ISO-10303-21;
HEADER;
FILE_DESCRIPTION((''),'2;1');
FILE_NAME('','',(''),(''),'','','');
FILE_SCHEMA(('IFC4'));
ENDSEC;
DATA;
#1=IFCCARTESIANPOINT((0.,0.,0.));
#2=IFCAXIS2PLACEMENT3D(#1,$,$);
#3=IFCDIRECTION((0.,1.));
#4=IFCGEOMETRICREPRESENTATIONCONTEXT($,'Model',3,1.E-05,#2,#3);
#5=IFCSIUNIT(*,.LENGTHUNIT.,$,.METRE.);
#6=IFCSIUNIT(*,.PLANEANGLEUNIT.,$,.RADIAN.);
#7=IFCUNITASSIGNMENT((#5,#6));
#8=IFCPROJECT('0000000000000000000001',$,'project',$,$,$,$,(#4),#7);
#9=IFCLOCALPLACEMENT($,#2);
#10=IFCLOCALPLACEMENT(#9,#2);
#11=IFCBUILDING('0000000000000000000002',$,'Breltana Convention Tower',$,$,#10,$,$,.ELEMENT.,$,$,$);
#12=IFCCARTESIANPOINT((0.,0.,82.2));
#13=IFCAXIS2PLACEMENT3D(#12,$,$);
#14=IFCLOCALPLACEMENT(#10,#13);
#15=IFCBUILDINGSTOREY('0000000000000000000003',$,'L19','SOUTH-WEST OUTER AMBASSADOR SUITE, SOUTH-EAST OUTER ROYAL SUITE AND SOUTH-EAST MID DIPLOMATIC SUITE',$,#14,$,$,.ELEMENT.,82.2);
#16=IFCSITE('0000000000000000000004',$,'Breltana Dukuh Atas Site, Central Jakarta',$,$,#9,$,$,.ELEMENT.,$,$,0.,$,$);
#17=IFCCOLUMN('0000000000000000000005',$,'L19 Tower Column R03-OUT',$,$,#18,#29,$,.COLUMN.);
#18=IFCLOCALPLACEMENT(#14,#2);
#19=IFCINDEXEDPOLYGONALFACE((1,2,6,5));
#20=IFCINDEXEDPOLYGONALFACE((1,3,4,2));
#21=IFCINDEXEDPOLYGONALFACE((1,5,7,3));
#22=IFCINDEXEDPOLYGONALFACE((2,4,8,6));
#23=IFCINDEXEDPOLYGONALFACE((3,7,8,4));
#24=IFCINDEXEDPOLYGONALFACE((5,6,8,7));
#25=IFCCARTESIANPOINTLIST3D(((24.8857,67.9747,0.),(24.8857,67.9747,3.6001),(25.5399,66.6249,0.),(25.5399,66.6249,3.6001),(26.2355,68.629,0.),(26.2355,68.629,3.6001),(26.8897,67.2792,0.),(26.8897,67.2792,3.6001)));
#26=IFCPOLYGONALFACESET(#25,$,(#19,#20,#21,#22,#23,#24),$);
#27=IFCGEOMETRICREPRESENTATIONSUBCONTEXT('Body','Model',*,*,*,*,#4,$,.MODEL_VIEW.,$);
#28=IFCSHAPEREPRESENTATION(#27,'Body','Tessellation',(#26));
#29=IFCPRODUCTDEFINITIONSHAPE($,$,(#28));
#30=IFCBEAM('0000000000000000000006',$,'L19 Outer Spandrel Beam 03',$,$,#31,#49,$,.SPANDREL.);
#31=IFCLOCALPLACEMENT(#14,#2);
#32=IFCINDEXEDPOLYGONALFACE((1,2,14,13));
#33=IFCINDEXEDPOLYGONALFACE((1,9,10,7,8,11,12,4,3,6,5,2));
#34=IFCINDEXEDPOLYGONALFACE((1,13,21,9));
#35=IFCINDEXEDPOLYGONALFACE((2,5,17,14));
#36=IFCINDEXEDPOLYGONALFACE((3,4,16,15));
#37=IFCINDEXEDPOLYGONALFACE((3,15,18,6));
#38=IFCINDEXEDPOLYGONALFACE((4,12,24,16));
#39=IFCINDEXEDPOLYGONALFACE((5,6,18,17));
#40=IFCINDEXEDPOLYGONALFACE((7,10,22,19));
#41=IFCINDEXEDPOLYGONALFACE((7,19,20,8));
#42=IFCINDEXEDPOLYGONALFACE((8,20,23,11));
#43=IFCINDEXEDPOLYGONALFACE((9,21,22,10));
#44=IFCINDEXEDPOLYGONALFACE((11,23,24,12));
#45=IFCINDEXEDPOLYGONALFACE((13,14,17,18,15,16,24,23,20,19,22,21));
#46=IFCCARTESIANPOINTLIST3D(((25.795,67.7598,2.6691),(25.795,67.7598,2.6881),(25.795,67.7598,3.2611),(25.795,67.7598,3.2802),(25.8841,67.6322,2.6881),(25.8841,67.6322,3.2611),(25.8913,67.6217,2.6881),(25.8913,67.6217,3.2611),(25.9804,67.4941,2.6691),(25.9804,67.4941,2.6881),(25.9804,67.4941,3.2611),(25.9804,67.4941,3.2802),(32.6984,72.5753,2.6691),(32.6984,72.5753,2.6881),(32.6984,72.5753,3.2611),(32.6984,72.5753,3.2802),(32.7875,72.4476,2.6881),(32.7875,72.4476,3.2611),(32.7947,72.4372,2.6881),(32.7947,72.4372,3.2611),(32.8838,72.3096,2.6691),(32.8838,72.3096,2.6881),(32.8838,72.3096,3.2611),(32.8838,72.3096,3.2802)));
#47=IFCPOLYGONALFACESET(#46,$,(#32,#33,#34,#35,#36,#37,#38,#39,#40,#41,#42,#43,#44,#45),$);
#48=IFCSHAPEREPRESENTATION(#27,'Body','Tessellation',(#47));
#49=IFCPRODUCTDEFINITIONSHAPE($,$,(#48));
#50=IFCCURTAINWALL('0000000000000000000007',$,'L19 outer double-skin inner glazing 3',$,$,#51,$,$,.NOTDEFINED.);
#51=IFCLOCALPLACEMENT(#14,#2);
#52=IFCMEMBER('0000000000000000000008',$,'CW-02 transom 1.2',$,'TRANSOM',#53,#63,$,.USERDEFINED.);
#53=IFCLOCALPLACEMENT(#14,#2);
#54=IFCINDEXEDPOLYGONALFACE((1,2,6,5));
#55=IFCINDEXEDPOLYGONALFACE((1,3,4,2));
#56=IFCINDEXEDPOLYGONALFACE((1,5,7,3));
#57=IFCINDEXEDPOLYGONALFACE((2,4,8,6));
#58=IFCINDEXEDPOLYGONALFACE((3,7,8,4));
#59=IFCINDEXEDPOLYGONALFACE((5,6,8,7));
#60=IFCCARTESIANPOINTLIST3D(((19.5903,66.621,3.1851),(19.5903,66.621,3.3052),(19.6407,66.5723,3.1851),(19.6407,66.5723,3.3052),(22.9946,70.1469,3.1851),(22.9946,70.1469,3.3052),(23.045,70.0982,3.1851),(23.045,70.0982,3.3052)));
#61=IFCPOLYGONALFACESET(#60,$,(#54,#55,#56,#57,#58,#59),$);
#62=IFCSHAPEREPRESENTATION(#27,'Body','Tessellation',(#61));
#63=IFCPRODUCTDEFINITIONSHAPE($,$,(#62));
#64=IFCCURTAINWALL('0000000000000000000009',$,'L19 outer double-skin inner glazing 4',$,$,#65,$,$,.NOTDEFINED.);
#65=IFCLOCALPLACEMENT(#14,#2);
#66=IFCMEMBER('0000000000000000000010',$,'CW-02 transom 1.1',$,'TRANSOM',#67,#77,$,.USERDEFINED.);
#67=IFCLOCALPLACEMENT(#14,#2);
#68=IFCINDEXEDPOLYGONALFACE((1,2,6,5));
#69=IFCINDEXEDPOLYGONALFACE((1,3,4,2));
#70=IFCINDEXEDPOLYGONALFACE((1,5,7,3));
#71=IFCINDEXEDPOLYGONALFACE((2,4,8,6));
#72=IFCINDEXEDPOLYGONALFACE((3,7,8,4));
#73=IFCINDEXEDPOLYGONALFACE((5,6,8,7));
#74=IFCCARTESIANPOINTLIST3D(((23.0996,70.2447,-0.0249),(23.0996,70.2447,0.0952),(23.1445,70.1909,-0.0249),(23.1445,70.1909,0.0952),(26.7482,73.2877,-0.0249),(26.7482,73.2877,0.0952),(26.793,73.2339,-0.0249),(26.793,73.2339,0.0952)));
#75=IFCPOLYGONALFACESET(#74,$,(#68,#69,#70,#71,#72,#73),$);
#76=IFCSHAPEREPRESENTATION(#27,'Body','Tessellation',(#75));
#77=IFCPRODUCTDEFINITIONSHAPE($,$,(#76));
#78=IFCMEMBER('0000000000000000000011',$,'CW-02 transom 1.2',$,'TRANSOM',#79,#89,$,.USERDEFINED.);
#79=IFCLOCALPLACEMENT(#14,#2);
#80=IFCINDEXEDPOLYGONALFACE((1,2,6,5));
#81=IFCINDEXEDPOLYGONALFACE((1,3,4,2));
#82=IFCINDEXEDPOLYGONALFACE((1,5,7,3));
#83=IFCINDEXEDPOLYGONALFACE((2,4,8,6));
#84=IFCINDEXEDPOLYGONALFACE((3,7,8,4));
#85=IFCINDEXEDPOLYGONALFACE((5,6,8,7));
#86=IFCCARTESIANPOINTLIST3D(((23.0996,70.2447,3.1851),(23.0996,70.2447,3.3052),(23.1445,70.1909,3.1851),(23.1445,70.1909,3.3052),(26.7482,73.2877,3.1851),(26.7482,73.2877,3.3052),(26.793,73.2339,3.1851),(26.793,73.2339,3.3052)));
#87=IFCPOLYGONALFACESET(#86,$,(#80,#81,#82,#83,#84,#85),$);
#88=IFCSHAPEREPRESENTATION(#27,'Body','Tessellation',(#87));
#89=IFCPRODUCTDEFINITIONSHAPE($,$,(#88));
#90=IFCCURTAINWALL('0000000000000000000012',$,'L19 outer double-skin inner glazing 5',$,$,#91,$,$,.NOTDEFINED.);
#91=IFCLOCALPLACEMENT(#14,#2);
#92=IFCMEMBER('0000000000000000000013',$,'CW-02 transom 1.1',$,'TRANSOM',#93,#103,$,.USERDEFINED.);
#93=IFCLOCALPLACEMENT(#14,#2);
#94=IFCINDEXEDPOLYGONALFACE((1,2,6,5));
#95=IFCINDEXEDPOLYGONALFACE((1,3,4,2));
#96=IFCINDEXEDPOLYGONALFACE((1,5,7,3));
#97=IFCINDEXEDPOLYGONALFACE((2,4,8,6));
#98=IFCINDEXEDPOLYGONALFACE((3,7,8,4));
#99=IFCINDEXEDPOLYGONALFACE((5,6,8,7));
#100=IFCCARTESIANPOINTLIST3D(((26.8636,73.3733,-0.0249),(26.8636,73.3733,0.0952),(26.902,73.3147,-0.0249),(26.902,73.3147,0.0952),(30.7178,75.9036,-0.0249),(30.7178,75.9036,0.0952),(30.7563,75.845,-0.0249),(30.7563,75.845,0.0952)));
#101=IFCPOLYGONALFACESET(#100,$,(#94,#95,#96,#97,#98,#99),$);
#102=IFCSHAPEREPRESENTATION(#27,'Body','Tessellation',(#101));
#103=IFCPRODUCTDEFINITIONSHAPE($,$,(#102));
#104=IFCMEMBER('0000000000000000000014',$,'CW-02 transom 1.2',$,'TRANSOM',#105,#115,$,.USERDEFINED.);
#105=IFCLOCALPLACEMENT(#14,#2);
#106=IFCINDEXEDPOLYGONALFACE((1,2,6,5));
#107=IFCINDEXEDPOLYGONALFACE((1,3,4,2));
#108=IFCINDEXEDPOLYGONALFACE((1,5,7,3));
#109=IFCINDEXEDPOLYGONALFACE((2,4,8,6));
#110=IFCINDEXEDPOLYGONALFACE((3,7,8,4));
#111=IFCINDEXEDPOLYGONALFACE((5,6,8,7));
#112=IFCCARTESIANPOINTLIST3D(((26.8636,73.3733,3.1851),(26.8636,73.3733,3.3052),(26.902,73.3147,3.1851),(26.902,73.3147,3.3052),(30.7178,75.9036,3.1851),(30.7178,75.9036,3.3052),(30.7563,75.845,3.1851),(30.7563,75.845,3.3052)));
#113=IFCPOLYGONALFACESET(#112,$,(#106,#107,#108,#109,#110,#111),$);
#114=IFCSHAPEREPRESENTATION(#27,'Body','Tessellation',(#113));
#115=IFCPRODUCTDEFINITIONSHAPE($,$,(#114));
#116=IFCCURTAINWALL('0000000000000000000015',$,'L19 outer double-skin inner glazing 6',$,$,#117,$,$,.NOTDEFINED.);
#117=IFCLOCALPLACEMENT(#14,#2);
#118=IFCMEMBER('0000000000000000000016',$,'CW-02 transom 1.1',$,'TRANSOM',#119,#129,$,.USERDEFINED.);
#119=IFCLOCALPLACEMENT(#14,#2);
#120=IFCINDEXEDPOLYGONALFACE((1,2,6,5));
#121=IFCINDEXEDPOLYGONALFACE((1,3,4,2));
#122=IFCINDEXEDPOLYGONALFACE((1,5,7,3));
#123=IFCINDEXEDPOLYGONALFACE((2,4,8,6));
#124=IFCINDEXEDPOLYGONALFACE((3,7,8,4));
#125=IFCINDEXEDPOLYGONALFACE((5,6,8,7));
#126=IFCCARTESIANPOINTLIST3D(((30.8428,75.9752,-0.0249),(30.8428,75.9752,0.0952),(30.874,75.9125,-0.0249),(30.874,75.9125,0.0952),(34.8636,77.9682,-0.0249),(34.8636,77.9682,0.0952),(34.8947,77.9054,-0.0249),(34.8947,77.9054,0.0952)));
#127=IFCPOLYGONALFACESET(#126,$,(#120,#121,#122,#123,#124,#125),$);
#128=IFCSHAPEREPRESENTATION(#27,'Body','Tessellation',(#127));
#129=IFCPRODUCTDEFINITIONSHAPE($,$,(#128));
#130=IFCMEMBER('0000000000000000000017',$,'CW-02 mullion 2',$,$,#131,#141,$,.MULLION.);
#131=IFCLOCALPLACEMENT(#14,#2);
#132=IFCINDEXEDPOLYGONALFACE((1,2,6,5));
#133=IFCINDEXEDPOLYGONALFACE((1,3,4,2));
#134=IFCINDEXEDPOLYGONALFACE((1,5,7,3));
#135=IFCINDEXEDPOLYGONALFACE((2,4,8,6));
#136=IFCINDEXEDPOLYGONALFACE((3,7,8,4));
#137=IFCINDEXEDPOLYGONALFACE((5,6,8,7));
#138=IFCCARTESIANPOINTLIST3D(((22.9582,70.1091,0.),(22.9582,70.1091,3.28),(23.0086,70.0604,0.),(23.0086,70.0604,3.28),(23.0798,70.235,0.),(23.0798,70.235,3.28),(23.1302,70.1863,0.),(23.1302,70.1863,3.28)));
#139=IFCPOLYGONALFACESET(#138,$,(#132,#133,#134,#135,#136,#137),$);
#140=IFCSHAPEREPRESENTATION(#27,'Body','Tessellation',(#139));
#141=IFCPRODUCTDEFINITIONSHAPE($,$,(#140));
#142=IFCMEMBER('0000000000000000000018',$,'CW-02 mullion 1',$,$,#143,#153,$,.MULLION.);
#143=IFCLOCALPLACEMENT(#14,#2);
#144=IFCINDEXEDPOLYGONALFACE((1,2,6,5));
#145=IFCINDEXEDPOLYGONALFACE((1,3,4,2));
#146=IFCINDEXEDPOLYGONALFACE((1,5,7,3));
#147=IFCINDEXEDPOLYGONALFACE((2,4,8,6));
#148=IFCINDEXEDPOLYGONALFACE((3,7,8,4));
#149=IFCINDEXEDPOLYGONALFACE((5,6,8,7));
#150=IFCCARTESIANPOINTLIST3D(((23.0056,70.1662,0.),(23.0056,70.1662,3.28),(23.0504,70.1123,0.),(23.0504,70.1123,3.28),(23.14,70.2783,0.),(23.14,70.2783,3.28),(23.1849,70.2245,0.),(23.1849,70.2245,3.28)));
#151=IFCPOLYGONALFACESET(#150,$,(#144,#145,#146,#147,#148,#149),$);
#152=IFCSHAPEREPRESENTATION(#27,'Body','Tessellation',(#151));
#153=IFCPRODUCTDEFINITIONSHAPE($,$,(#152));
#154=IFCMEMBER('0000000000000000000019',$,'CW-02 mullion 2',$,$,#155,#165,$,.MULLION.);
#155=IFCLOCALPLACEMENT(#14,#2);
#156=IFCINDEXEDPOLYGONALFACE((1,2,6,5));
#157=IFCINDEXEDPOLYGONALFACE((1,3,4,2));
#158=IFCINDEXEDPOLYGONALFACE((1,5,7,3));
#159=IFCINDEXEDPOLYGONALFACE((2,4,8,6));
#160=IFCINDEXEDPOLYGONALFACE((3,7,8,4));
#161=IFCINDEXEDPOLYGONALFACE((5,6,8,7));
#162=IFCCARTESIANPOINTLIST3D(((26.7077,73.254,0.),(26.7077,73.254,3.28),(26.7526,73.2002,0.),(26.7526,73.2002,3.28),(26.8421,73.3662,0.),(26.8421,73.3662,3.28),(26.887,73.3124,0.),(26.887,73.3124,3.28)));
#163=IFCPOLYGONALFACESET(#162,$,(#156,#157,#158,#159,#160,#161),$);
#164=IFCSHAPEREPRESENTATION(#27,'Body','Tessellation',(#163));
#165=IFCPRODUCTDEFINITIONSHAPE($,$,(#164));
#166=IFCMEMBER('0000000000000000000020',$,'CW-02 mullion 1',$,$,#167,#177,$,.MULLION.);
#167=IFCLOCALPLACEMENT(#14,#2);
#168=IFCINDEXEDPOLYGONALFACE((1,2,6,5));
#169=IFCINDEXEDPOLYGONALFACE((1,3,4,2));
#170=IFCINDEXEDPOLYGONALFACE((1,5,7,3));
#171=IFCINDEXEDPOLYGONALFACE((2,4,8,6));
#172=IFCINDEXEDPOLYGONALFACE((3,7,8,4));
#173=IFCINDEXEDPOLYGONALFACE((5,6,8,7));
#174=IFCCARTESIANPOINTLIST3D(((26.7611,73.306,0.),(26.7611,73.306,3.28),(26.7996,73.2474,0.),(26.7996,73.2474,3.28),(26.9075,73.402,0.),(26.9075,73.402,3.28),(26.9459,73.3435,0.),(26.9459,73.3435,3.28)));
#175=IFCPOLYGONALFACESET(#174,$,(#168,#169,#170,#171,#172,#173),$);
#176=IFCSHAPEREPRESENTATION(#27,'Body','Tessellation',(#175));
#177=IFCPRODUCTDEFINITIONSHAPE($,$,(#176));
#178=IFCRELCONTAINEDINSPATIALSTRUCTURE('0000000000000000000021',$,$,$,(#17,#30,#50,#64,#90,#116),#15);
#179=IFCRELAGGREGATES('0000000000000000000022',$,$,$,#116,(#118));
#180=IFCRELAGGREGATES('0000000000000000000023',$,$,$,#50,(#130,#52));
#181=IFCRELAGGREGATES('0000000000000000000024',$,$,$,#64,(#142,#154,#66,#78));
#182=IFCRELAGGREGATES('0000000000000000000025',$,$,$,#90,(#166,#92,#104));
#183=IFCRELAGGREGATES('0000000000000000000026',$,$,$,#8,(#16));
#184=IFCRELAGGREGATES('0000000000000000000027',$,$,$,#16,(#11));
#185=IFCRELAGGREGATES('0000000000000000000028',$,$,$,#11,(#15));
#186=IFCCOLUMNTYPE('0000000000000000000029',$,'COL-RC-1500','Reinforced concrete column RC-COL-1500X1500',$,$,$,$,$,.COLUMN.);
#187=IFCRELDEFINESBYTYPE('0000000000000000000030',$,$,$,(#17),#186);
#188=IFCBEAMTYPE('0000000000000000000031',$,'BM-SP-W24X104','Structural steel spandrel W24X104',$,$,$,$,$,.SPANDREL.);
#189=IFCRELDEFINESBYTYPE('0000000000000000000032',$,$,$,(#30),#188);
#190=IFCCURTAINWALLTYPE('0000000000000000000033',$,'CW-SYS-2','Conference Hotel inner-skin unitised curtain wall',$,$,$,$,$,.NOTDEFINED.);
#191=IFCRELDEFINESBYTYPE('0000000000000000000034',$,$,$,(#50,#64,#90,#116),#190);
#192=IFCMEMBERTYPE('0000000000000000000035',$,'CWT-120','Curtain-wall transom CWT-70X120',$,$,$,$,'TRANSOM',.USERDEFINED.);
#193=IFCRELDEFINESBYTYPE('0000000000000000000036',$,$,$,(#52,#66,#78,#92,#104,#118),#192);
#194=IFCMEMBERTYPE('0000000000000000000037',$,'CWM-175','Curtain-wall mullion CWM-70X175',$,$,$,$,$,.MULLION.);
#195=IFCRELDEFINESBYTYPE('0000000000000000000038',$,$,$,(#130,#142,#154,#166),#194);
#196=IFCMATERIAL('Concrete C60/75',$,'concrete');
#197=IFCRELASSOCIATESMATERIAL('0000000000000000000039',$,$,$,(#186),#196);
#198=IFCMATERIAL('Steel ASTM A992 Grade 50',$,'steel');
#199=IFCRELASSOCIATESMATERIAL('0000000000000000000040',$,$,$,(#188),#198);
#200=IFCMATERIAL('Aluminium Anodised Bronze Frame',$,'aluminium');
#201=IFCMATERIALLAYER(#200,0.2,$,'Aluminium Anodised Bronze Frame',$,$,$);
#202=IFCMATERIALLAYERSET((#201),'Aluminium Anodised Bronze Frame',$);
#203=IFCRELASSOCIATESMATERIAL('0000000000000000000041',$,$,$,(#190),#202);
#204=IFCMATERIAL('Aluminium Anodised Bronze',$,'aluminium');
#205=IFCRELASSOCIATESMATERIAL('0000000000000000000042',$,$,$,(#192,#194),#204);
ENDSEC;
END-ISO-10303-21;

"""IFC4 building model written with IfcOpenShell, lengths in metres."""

from ifc_helpers import new_model, si_unit, direction, frame, origin, origin_2d, place, context, subcontext, project, spatial, rectangle, i_section, extrude, source, transform, mapped, material, layer, layer_set, material_profile, profile_set, type_object, element, aggregate, save


model = new_model("IFC4")

# Units and contexts
model_context = context("Model", 3, precision=1e-05, world=origin(), true_north=direction((0.0, 1.0)))
body_context = subcontext(model_context, "Body", "Model", "MODEL_VIEW")
ifc_project = project(units=[si_unit("LENGTHUNIT", "METRE"), si_unit("PLANEANGLEUNIT", "RADIAN")], contexts=[model_context])

# Site, building, storey
site_placement = place(None, origin())
site = spatial("IfcSite", under=ifc_project, at=site_placement, Name="Breltana Dukuh Atas Site, Central Jakarta", CompositionType="ELEMENT", RefElevation=0.0)
building_placement = place(site_placement, origin())
building = spatial("IfcBuilding", under=site, at=building_placement, Name="Breltana Convention Tower", CompositionType="ELEMENT")
storey_placement = place(building_placement, frame((0.0, 0.0, 82.2)))
storey = spatial("IfcBuildingStorey", under=building, at=storey_placement, Name="L19", Description="SOUTH-WEST OUTER AMBASSADOR SUITE, SOUTH-EAST OUTER ROYAL SUITE AND SOUTH-EAST MID DIPLOMATIC SUITE", CompositionType="ELEMENT", Elevation=82.2)

# Column
ifc_material_1 = material(Name="Concrete C60/75", Category="concrete")
ifc_material_profile_1 = material_profile(ifc_material_1, rectangle(XDim=1.5, YDim=1.5, at=origin_2d()), Name="RC-COL-1500X1500")
ifc_profile_set_1 = profile_set([ifc_material_profile_1], Name="Concrete C60/75")
column_type = type_object("IfcColumnType", Name="COL-RC-1500", Description="Reinforced concrete column RC-COL-1500X1500", PredefinedType="COLUMN", material=ifc_profile_set_1)
shared_shape_1 = source(origin(), body_context, "Body", "SweptSolid", [
    extrude(rectangle(XDim=1.5, YDim=1.5, at=origin_2d()), origin(), (0.0, 0.0, 1.0), 3.6001),
])
column_placement = place(storey_placement, frame((25.8877, 67.627, 0.0), z_axis=(0.0, 0.0, 1.0), x_axis=(-0.436174, 0.899863, 0.0)))
element("IfcColumn", 1, at=column_placement, inside=storey, type_object=column_type, Name="L19 Tower Column R03-OUT", PredefinedType="COLUMN", context=body_context, shape_type="MappedRepresentation", body=[
    mapped(shared_shape_1, transform((0.0, 0.0, 0.0), scale=1.0)),
])

# Beam
ifc_material_2 = material(Name="Steel ASTM A992 Grade 50", Category="steel")
ifc_material_profile_2 = material_profile(ifc_material_2, i_section(OverallWidth=0.324, OverallDepth=0.6111, WebThickness=0.0127, FlangeThickness=0.019, at=origin_2d()), Name="W24X104")
ifc_profile_set_2 = profile_set([ifc_material_profile_2], Name="Steel ASTM A992 Grade 50")
beam_type = type_object("IfcBeamType", Name="BM-SP-W24X104", Description="Structural steel spandrel W24X104", PredefinedType="SPANDREL", material=ifc_profile_set_2)
shared_shape_2 = source(origin(), body_context, "Body", "SweptSolid", [
    extrude(i_section(OverallWidth=0.324, OverallDepth=0.6111, WebThickness=0.0127, FlangeThickness=0.019, at=origin_2d()), origin(), (0.0, 0.0, 1.0), 8.417),
])
beam_placement = place(storey_placement, frame((25.8877, 67.627, 2.9746), z_axis=(0.820174, 0.572114, 0.0), x_axis=(-0.572114, 0.820174, 0.0)))
element("IfcBeam", 2, at=beam_placement, inside=storey, type_object=beam_type, Name="L19 Outer Spandrel Beam 03", PredefinedType="SPANDREL", context=body_context, shape_type="MappedRepresentation", body=[
    mapped(shared_shape_2, transform((0.0, 0.0, 0.0), scale=1.0)),
])

# Curtain wall, member
ifc_material_3 = material(Name="Aluminium Anodised Bronze Frame", Category="aluminium")
ifc_layer_1 = layer(ifc_material_3, 0.2, Name="Aluminium Anodised Bronze Frame")
ifc_layer_set_1 = layer_set([ifc_layer_1], Name="Aluminium Anodised Bronze Frame")
curtain_wall_type = type_object("IfcCurtainWallType", Name="CW-SYS-2", Description="Conference Hotel inner-skin unitised curtain wall", PredefinedType="NOTDEFINED", material=ifc_layer_set_1)
curtain_wall_1_placement = place(storey_placement, origin())
curtain_wall_1 = element("IfcCurtainWall", 3, at=curtain_wall_1_placement, inside=storey, type_object=curtain_wall_type, Name="L19 outer double-skin inner glazing 3", PredefinedType="NOTDEFINED")
ifc_material_4 = material(Name="Aluminium Anodised Bronze", Category="aluminium")
ifc_material_profile_3 = material_profile(ifc_material_4, rectangle(XDim=0.0701, YDim=0.1201, at=origin_2d()), Name="CWT-70X120")
ifc_profile_set_3 = profile_set([ifc_material_profile_3], Name="Aluminium Anodised Bronze")
member_type_1 = type_object("IfcMemberType", Name="CWT-120", Description="Curtain-wall transom CWT-70X120", ElementType="TRANSOM", PredefinedType="USERDEFINED", material=ifc_profile_set_3)
shared_shape_3 = source(origin(), body_context, "Body", "SweptSolid", [
    extrude(rectangle(XDim=0.0701, YDim=0.1201, at=origin_2d()), origin(), (0.0, 0.0, 1.0), 4.9011),
])
member_1_placement = place(storey_placement, frame((19.6155, 66.5967, 3.2451), z_axis=(0.694595, 0.719401, 0.0), x_axis=(-0.719401, 0.694595, 0.0)))
member_1 = element("IfcMember", 4, at=member_1_placement, type_object=member_type_1, Name="CW-02 transom 1.2", ObjectType="TRANSOM", PredefinedType="USERDEFINED", context=body_context, shape_type="MappedRepresentation", body=[
    mapped(shared_shape_3, transform((0.0, 0.0, 0.0), scale=1.0)),
])

# Curtain walls, members
curtain_wall_2_placement = place(storey_placement, origin())
curtain_wall_2 = element("IfcCurtainWall", 5, at=curtain_wall_2_placement, inside=storey, type_object=curtain_wall_type, Name="L19 outer double-skin inner glazing 4", PredefinedType="NOTDEFINED")
shared_shape_4 = source(origin(), body_context, "Body", "SweptSolid", [
    extrude(rectangle(XDim=0.0701, YDim=0.1201, at=origin_2d()), origin(), (0.0, 0.0, 1.0), 4.751),
])
member_2_placement = place(storey_placement, frame((23.1221, 70.2178, 0.0352), z_axis=(0.767952, 0.640508, 0.0), x_axis=(-0.640508, 0.767952, 0.0)))
member_2 = element("IfcMember", 6, at=member_2_placement, type_object=member_type_1, Name="CW-02 transom 1.1", ObjectType="TRANSOM", PredefinedType="USERDEFINED", context=body_context, shape_type="MappedRepresentation", body=[
    mapped(shared_shape_4, transform((0.0, 0.0, 0.0), scale=1.0)),
])
member_3_placement = place(storey_placement, frame((23.1221, 70.2178, 3.2451), z_axis=(0.767952, 0.640508, 0.0), x_axis=(-0.640508, 0.767952, 0.0)))
member_3 = element("IfcMember", 7, at=member_3_placement, type_object=member_type_1, Name="CW-02 transom 1.2", ObjectType="TRANSOM", PredefinedType="USERDEFINED", context=body_context, shape_type="MappedRepresentation", body=[
    mapped(shared_shape_4, transform((0.0, 0.0, 0.0), scale=1.0)),
])
curtain_wall_3_placement = place(storey_placement, origin())
curtain_wall_3 = element("IfcCurtainWall", 8, at=curtain_wall_3_placement, inside=storey, type_object=curtain_wall_type, Name="L19 outer double-skin inner glazing 5", PredefinedType="NOTDEFINED")
shared_shape_5 = source(origin(), body_context, "Body", "SweptSolid", [
    extrude(rectangle(XDim=0.0701, YDim=0.1201, at=origin_2d()), origin(), (0.0, 0.0, 1.0), 4.6106),
])
member_4_placement = place(storey_placement, frame((26.8828, 73.344, 0.0352), z_axis=(0.835956, 0.548796, 0.0), x_axis=(-0.548796, 0.835956, 0.0)))
member_4 = element("IfcMember", 9, at=member_4_placement, type_object=member_type_1, Name="CW-02 transom 1.1", ObjectType="TRANSOM", PredefinedType="USERDEFINED", context=body_context, shape_type="MappedRepresentation", body=[
    mapped(shared_shape_5, transform((0.0, 0.0, 0.0), scale=1.0)),
])
member_5_placement = place(storey_placement, frame((26.8828, 73.344, 3.2451), z_axis=(0.835956, 0.548796, 0.0), x_axis=(-0.548796, 0.835956, 0.0)))
member_5 = element("IfcMember", 10, at=member_5_placement, type_object=member_type_1, Name="CW-02 transom 1.2", ObjectType="TRANSOM", PredefinedType="USERDEFINED", context=body_context, shape_type="MappedRepresentation", body=[
    mapped(shared_shape_5, transform((0.0, 0.0, 0.0), scale=1.0)),
])

# Curtain wall, member
curtain_wall_4_placement = place(storey_placement, origin())
curtain_wall_4 = element("IfcCurtainWall", 11, at=curtain_wall_4_placement, inside=storey, type_object=curtain_wall_type, Name="L19 outer double-skin inner glazing 6", PredefinedType="NOTDEFINED")
shared_shape_6 = source(origin(), body_context, "Body", "SweptSolid", [
    extrude(rectangle(XDim=0.0701, YDim=0.1201, at=origin_2d()), origin(), (0.0, 0.0, 1.0), 4.4875),
])
member_6_placement = place(storey_placement, frame((30.8584, 75.9438, 0.0352), z_axis=(0.895978, 0.444099, 0.0), x_axis=(-0.444099, 0.895978, 0.0)))
member_6 = element("IfcMember", 12, at=member_6_placement, type_object=member_type_1, Name="CW-02 transom 1.1", ObjectType="TRANSOM", PredefinedType="USERDEFINED", context=body_context, shape_type="MappedRepresentation", body=[
    mapped(shared_shape_6, transform((0.0, 0.0, 0.0), scale=1.0)),
])

# Members
ifc_material_profile_4 = material_profile(ifc_material_4, rectangle(XDim=0.0701, YDim=0.175, at=origin_2d()), Name="CWM-70X175")
ifc_profile_set_4 = profile_set([ifc_material_profile_4], Name="Aluminium Anodised Bronze")
member_type_2 = type_object("IfcMemberType", Name="CWM-175", Description="Curtain-wall mullion CWM-70X175", PredefinedType="MULLION", material=ifc_profile_set_4)
shared_shape_7 = source(origin(), body_context, "Body", "SweptSolid", [
    extrude(rectangle(XDim=0.0701, YDim=0.175, at=origin_2d()), origin(), (0.0, 0.0, 1.0), 3.28),
])
member_7_placement = place(storey_placement, frame((23.0442, 70.1477, 0.0), z_axis=(0.0, 0.0, 1.0), x_axis=(-0.719386, 0.69461, 0.0)))
member_7 = element("IfcMember", 13, at=member_7_placement, type_object=member_type_2, Name="CW-02 mullion 2", PredefinedType="MULLION", context=body_context, shape_type="MappedRepresentation", body=[
    mapped(shared_shape_7, transform((0.0, 0.0, 0.0), scale=1.0)),
])
member_8_placement = place(storey_placement, frame((23.0952, 70.1953, 0.0), z_axis=(0.0, 0.0, 1.0), x_axis=(-0.64052, 0.767941, 0.0)))
member_8 = element("IfcMember", 14, at=member_8_placement, type_object=member_type_2, Name="CW-02 mullion 1", PredefinedType="MULLION", context=body_context, shape_type="MappedRepresentation", body=[
    mapped(shared_shape_7, transform((0.0, 0.0, 0.0), scale=1.0)),
])
member_9_placement = place(storey_placement, frame((26.7974, 73.2832, 0.0), z_axis=(0.0, 0.0, 1.0), x_axis=(-0.64052, 0.767941, 0.0)))
member_9 = element("IfcMember", 15, at=member_9_placement, type_object=member_type_2, Name="CW-02 mullion 2", PredefinedType="MULLION", context=body_context, shape_type="MappedRepresentation", body=[
    mapped(shared_shape_7, transform((0.0, 0.0, 0.0), scale=1.0)),
])
member_10_placement = place(storey_placement, frame((26.8535, 73.3247, 0.0), z_axis=(0.0, 0.0, 1.0), x_axis=(-0.548784, 0.835964, 0.0)))
member_10 = element("IfcMember", 16, at=member_10_placement, type_object=member_type_2, Name="CW-02 mullion 1", PredefinedType="MULLION", context=body_context, shape_type="MappedRepresentation", body=[
    mapped(shared_shape_7, transform((0.0, 0.0, 0.0), scale=1.0)),
])
aggregate(curtain_wall_4, [member_6])

aggregate(curtain_wall_1, [member_7, member_1])
aggregate(curtain_wall_2, [member_8, member_9, member_2, member_3])
aggregate(curtain_wall_3, [member_10, member_4, member_5])

save(model, "model.ifc")
